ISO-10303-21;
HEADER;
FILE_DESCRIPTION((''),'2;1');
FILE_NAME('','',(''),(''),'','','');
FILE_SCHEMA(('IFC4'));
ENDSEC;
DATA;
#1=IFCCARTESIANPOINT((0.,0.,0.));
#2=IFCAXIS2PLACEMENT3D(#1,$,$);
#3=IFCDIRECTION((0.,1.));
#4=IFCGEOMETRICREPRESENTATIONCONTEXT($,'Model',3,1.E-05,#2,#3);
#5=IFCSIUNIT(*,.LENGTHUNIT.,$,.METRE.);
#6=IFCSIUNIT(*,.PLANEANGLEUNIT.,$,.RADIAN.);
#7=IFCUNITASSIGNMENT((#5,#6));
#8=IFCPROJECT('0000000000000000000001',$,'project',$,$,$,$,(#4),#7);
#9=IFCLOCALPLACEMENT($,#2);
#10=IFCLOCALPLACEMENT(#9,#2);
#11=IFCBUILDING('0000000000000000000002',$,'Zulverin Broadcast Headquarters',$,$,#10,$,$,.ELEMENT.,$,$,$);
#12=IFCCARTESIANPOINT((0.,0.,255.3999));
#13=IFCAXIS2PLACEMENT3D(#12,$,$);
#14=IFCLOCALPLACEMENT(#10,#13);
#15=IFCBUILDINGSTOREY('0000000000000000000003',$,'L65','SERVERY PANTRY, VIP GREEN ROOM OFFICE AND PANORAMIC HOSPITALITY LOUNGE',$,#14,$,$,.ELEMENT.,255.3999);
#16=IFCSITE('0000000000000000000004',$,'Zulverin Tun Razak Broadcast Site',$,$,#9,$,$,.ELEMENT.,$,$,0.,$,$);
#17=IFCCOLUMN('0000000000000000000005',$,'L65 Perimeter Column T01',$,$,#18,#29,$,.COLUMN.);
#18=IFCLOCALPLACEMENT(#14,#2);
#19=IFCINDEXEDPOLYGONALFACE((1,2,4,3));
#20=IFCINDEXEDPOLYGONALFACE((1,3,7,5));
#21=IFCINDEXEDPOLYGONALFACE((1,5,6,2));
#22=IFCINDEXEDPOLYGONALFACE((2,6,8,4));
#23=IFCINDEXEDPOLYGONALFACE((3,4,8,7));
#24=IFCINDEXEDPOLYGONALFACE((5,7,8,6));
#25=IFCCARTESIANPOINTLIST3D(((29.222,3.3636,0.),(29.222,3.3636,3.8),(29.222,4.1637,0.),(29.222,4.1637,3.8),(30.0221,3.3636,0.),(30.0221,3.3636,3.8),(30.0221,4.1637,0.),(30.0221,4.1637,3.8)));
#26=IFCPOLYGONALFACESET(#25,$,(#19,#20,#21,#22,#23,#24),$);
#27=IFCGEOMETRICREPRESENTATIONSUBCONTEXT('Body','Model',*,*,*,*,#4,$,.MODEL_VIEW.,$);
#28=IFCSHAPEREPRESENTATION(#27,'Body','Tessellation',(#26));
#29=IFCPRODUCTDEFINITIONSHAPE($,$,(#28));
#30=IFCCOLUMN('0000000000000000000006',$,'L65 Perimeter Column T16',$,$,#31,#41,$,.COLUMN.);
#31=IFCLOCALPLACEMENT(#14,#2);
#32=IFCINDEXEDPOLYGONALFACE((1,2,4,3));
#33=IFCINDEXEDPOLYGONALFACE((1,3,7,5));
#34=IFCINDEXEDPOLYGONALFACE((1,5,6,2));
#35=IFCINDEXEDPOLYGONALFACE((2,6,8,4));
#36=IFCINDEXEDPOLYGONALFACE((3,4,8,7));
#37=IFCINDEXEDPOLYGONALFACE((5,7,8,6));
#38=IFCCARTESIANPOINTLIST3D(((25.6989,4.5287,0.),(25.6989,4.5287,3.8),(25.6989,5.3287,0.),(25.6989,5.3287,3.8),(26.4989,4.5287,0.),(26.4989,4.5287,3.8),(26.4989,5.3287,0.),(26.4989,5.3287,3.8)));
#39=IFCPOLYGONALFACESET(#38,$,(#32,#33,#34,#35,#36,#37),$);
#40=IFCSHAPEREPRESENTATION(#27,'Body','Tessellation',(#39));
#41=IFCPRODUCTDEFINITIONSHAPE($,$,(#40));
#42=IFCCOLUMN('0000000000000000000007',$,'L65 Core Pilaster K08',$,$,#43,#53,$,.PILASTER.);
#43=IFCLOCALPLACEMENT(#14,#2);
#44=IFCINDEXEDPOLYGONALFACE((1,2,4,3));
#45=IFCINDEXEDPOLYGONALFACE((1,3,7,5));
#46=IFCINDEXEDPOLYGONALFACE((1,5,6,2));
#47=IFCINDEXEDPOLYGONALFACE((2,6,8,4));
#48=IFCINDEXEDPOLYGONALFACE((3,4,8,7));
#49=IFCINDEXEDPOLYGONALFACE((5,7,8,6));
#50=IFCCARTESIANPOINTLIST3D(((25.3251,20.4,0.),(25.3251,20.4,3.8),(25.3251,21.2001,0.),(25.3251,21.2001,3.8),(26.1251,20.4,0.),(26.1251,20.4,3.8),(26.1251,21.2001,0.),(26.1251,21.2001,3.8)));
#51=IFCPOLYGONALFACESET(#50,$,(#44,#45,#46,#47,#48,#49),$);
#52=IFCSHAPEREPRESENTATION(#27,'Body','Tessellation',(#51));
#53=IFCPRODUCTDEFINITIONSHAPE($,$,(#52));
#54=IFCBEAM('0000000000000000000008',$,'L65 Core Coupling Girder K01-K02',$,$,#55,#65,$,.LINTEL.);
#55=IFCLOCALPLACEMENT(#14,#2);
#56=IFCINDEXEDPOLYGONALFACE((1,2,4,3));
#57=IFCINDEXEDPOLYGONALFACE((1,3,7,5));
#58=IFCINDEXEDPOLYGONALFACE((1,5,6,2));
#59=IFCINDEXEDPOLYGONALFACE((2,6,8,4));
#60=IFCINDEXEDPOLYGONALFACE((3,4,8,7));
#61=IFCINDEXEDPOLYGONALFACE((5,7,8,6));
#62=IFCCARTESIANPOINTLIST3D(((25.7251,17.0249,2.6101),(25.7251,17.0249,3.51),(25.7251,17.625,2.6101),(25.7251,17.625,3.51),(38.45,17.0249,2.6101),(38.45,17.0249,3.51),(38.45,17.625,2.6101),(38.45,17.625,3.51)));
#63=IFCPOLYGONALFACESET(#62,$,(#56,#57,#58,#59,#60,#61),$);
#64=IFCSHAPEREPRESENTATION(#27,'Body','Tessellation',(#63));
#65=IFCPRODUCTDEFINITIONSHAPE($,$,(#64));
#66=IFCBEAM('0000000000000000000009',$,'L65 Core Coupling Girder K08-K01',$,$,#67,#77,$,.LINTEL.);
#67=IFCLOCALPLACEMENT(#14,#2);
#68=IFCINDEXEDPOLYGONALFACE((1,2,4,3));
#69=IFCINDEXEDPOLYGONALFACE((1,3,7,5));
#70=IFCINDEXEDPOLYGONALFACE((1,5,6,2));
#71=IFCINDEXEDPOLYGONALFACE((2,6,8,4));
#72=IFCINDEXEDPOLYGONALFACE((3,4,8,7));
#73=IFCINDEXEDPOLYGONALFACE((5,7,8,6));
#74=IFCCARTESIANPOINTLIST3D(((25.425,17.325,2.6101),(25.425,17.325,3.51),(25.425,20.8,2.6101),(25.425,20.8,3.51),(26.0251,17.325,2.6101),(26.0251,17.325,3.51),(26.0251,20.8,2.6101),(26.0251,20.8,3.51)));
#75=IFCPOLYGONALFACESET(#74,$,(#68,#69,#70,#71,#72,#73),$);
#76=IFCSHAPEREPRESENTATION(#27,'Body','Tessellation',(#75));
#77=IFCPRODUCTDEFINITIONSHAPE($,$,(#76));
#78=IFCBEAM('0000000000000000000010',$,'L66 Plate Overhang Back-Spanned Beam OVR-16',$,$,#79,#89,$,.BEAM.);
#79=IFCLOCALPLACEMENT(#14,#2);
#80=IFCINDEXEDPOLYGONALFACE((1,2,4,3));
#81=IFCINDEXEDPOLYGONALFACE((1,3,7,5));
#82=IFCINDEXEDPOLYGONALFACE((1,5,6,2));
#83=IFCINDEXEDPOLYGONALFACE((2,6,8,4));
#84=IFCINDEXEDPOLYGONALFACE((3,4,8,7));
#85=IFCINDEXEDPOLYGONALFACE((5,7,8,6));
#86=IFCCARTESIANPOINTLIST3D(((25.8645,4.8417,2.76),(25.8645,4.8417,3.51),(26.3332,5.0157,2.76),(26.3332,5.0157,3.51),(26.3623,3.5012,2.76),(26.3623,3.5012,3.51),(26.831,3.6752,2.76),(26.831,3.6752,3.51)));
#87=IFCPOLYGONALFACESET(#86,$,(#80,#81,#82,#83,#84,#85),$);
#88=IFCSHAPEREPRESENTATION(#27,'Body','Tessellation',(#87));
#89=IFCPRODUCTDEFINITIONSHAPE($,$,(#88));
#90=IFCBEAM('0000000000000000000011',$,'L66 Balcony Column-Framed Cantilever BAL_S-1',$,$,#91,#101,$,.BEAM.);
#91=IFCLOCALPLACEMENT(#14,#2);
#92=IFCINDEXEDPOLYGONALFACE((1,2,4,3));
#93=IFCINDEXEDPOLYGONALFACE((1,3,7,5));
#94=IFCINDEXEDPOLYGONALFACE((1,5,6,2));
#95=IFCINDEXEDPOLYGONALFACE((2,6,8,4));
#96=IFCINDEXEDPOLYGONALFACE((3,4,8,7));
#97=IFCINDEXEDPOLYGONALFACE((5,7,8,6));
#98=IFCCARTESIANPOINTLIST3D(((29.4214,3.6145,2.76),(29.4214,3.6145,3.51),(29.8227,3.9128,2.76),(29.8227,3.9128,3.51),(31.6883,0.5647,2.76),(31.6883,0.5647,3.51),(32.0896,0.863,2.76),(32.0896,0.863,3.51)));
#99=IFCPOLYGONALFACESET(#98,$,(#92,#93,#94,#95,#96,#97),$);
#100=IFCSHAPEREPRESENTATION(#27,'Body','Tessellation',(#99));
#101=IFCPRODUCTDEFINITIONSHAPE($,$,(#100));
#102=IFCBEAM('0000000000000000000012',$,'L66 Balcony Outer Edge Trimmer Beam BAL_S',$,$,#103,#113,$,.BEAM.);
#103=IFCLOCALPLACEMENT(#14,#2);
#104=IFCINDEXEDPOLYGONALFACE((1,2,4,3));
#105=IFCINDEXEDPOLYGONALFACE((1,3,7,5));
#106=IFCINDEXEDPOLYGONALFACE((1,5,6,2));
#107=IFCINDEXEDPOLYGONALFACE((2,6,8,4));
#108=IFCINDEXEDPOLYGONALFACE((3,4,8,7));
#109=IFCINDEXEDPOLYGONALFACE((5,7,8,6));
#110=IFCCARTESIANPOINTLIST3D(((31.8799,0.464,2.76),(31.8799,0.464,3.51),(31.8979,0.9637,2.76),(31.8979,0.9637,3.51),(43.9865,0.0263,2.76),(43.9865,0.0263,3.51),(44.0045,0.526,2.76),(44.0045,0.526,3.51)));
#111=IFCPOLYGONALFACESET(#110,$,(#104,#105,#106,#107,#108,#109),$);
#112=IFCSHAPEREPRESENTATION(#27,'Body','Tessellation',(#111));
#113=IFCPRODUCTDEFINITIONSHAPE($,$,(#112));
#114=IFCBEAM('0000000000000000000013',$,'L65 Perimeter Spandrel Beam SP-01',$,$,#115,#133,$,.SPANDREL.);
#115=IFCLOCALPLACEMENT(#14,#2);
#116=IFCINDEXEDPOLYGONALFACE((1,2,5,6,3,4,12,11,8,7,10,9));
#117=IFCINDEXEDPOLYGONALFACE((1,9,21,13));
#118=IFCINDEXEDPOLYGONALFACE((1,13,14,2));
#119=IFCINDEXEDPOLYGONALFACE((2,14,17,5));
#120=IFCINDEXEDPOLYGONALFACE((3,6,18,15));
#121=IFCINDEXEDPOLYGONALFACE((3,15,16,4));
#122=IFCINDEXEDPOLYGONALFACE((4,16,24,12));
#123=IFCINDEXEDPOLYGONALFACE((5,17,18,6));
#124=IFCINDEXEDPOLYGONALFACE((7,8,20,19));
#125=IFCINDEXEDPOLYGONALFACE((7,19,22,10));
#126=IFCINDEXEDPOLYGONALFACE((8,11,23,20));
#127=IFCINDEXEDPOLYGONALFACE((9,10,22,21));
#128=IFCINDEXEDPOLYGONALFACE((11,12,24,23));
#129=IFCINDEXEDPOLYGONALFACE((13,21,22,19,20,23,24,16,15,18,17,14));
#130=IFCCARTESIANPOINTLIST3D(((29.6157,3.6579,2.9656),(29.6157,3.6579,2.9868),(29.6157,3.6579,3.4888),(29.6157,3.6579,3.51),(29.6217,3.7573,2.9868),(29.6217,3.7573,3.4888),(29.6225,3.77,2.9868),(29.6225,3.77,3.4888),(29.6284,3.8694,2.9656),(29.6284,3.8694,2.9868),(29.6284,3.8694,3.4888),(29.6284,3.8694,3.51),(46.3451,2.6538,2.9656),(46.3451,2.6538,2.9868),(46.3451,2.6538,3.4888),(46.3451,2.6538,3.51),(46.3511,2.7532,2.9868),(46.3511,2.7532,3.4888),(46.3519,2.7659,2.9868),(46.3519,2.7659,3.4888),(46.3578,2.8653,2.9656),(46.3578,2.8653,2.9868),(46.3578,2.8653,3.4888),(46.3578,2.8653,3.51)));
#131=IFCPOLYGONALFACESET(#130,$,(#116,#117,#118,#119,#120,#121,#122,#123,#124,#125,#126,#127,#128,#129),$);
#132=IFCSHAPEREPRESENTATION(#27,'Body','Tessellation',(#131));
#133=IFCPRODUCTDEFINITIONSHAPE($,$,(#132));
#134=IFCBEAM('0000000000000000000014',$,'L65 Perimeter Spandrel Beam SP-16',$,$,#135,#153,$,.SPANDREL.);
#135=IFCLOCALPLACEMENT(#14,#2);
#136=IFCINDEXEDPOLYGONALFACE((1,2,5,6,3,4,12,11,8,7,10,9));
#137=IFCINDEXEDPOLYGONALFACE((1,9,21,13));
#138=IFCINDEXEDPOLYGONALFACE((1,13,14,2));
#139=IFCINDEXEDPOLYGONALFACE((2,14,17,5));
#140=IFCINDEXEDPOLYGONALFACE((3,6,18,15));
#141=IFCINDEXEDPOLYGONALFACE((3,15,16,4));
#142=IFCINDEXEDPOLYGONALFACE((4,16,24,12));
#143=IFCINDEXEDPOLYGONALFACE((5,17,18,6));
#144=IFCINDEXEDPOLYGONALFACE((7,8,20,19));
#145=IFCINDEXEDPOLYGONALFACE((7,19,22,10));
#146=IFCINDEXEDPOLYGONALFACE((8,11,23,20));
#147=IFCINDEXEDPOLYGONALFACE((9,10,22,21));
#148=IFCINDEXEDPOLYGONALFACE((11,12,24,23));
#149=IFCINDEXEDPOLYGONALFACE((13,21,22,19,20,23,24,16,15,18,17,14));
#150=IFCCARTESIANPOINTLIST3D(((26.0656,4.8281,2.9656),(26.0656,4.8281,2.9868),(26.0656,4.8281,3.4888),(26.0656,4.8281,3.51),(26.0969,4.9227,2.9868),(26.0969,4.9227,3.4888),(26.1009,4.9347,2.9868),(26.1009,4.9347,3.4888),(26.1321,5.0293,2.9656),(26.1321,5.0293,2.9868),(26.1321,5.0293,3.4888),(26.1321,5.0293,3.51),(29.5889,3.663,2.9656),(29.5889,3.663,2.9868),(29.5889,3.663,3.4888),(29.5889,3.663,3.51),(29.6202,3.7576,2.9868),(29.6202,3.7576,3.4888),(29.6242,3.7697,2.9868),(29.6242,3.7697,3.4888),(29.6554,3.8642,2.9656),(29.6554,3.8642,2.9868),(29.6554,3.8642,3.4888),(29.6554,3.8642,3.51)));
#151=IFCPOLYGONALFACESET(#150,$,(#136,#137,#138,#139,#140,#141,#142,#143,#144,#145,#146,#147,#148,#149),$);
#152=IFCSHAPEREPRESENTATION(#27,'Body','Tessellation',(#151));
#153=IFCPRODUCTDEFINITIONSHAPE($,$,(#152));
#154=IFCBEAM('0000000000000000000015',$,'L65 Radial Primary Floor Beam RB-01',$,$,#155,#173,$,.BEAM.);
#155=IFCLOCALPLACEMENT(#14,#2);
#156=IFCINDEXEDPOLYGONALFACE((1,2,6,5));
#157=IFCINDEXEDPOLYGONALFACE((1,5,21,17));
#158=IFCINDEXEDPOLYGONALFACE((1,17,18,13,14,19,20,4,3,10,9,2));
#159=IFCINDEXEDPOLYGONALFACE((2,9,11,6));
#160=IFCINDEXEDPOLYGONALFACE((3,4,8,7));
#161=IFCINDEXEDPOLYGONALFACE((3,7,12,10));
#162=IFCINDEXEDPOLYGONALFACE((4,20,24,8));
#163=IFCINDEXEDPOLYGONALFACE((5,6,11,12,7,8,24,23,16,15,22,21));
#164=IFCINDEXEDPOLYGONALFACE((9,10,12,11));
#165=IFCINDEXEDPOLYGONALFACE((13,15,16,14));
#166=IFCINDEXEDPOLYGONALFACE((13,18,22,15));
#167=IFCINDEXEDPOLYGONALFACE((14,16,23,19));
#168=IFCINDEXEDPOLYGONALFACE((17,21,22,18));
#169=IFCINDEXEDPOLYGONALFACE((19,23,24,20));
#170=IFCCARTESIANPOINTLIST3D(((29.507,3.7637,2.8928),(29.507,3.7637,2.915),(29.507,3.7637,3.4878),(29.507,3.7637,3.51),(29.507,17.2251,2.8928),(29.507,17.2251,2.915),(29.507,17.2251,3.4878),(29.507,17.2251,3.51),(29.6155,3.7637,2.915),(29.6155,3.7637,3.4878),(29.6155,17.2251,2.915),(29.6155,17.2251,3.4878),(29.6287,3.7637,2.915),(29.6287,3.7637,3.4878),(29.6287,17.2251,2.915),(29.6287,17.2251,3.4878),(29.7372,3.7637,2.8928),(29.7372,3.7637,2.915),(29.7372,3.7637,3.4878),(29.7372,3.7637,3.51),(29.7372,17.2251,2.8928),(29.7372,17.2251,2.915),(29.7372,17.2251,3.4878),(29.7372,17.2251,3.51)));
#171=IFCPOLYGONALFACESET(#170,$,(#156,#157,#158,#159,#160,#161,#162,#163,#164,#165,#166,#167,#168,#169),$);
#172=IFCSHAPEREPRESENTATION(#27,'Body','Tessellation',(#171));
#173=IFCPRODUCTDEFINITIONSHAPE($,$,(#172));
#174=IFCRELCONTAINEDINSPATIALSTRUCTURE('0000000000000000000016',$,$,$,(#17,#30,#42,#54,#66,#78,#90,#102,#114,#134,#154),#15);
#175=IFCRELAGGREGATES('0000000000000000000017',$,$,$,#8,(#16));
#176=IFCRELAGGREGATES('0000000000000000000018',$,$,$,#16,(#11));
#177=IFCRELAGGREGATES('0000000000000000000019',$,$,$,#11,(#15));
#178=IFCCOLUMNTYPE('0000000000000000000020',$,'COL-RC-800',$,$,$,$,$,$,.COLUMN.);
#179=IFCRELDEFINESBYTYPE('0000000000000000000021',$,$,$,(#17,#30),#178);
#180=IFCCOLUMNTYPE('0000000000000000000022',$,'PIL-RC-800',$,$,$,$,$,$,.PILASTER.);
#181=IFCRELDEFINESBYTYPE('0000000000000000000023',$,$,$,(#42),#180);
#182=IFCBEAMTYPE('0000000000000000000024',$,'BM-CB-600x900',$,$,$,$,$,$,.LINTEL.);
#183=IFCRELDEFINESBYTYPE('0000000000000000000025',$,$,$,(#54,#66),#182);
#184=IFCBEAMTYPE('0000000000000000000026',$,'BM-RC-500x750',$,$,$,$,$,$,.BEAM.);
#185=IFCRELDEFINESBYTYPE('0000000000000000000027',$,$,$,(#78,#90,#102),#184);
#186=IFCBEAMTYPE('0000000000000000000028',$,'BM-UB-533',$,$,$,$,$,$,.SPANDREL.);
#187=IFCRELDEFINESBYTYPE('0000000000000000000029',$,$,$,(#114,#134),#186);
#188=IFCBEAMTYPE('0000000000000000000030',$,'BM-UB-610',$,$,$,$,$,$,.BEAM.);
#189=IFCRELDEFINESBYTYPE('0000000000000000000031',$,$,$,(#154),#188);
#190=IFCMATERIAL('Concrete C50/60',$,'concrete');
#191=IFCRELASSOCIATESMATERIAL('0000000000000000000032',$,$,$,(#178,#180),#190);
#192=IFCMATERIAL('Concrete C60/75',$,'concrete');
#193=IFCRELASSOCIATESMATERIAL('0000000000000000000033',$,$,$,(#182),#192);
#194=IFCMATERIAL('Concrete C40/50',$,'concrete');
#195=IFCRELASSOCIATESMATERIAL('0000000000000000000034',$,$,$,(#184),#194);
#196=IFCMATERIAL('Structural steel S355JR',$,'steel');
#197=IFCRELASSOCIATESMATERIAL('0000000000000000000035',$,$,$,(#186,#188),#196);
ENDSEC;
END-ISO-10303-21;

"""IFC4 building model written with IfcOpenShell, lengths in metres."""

from ifc_helpers import new_model, si_unit, direction, frame, origin, origin_2d, place, context, subcontext, project, spatial, rectangle, i_section, extrude, material, material_profile, profile_set, type_object, element, save


model = new_model("IFC4")

# Units and contexts
model_context = context("Model", 3, precision=1e-05, world=origin(), true_north=direction((0.0, 1.0)))
body_context = subcontext(model_context, "Body", "Model", "MODEL_VIEW")
ifc_project = project(units=[si_unit("LENGTHUNIT", "METRE"), si_unit("PLANEANGLEUNIT", "RADIAN")], contexts=[model_context])

# Site, building, storey
site_placement = place(None, origin())
site = spatial("IfcSite", under=ifc_project, at=site_placement, Name="Zulverin Tun Razak Broadcast Site", CompositionType="ELEMENT", RefElevation=0.0)
building_placement = place(site_placement, origin())
building = spatial("IfcBuilding", under=site, at=building_placement, Name="Zulverin Broadcast Headquarters", CompositionType="ELEMENT")
storey_placement = place(building_placement, frame((0.0, 0.0, 255.3999)))
storey = spatial("IfcBuildingStorey", under=building, at=storey_placement, Name="L65", Description="SERVERY PANTRY, VIP GREEN ROOM OFFICE AND PANORAMIC HOSPITALITY LOUNGE", CompositionType="ELEMENT", Elevation=255.3999)

# Columns
ifc_material_1 = material(Name="Concrete C50/60", Category="concrete")
ifc_material_profile_1 = material_profile(ifc_material_1, rectangle(XDim=0.8, YDim=0.8, at=origin_2d()), Name="Concrete C50/60", Category="concrete")
ifc_profile_set_1 = profile_set([ifc_material_profile_1], Name="Concrete C50/60")
column_type_1 = type_object("IfcColumnType", Name="COL-RC-800", PredefinedType="COLUMN", material=ifc_profile_set_1)
for number, where, z_axis, x_axis, name in (
    (1, (29.6221, 3.7637, 0.0), (0.0, 0.0, 1.0), (1.0, 0.0, 0.0), "L65 Perimeter Column T01"),
    (2, (26.0989, 4.9287, 0.0), (0.0, 0.0, 1.0), (1.0, 0.0, 0.0), "L65 Perimeter Column T16"),
):
    element("IfcColumn", number, at=place(storey_placement, frame(where, z_axis=z_axis, x_axis=x_axis)), inside=storey, type_object=column_type_1, Name=name, PredefinedType="COLUMN", context=body_context, shape_type="SweptSolid", body=[
        extrude(rectangle(XDim=0.8, YDim=0.8, at=origin_2d()), origin(), (0.0, 0.0, 1.0), 3.8),
    ])
ifc_material_profile_2 = material_profile(ifc_material_1, rectangle(XDim=0.8, YDim=0.8, at=origin_2d()), Name="Concrete C50/60", Category="concrete")
ifc_profile_set_2 = profile_set([ifc_material_profile_2], Name="Concrete C50/60")
column_type_2 = type_object("IfcColumnType", Name="PIL-RC-800", PredefinedType="PILASTER", material=ifc_profile_set_2)
column_placement = place(storey_placement, frame((25.7251, 20.8, 0.0), z_axis=(0.0, 0.0, 1.0), x_axis=(1.0, 0.0, 0.0)))
element("IfcColumn", 3, at=column_placement, inside=storey, type_object=column_type_2, Name="L65 Core Pilaster K08", PredefinedType="PILASTER", context=body_context, shape_type="SweptSolid", body=[
    extrude(rectangle(XDim=0.8, YDim=0.8, at=origin_2d()), origin(), (0.0, 0.0, 1.0), 3.8),
])

# Beams
ifc_material_2 = material(Name="Concrete C60/75", Category="concrete")
ifc_material_profile_3 = material_profile(ifc_material_2, rectangle(XDim=0.6001, YDim=0.8999, at=origin_2d()), Name="Concrete C60/75", Category="concrete")
ifc_profile_set_3 = profile_set([ifc_material_profile_3], Name="Concrete C60/75")
beam_type_1 = type_object("IfcBeamType", Name="BM-CB-600x900", PredefinedType="LINTEL", material=ifc_profile_set_3)
beam_1_placement = place(storey_placement, frame((25.7251, 17.325, 3.0601), z_axis=(1.0, 0.0, 0.0), x_axis=(0.0, 1.0, 0.0)))
element("IfcBeam", 4, at=beam_1_placement, inside=storey, type_object=beam_type_1, Name="L65 Core Coupling Girder K01-K02", PredefinedType="LINTEL", context=body_context, shape_type="SweptSolid", body=[
    extrude(rectangle(XDim=0.6001, YDim=0.8999, at=origin_2d()), origin(), (0.0, 0.0, 1.0), 12.7249),
])
beam_2_placement = place(storey_placement, frame((25.7251, 20.8, 3.0601), z_axis=(0.0, -1.0, 0.0), x_axis=(1.0, 0.0, 0.0)))
element("IfcBeam", 5, at=beam_2_placement, inside=storey, type_object=beam_type_1, Name="L65 Core Coupling Girder K08-K01", PredefinedType="LINTEL", context=body_context, shape_type="SweptSolid", body=[
    extrude(rectangle(XDim=0.6001, YDim=0.8999, at=origin_2d()), origin(), (0.0, 0.0, 1.0), 3.4751),
])
ifc_material_3 = material(Name="Concrete C40/50", Category="concrete")
ifc_material_profile_4 = material_profile(ifc_material_3, rectangle(XDim=0.5, YDim=0.75, at=origin_2d()), Name="Concrete C40/50", Category="concrete")
ifc_profile_set_4 = profile_set([ifc_material_profile_4], Name="Concrete C40/50")
beam_type_2 = type_object("IfcBeamType", Name="BM-RC-500x750", PredefinedType="BEAM", material=ifc_profile_set_4)
beam_3_placement = place(storey_placement, frame((26.0989, 4.9287, 3.135), z_axis=(0.348109, -0.937454, 0.0), x_axis=(0.937454, 0.348109, 0.0)))
element("IfcBeam", 6, at=beam_3_placement, inside=storey, type_object=beam_type_2, Name="L66 Plate Overhang Back-Spanned Beam OVR-16", PredefinedType="BEAM", context=body_context, shape_type="SweptSolid", body=[
    extrude(rectangle(XDim=0.5, YDim=0.75, at=origin_2d()), origin(), (0.0, 0.0, 1.0), 1.4299),
])
beam_4_placement = place(storey_placement, frame((29.6221, 3.7637, 3.135), z_axis=(0.59654, -0.802583, 0.0), x_axis=(0.802583, 0.59654, 0.0)))
element("IfcBeam", 7, at=beam_4_placement, inside=storey, type_object=beam_type_2, Name="L66 Balcony Column-Framed Cantilever BAL_S-1", PredefinedType="BEAM", context=body_context, shape_type="SweptSolid", body=[
    extrude(rectangle(XDim=0.5, YDim=0.75, at=origin_2d()), origin(), (0.0, 0.0, 1.0), 3.8),
])
beam_5_placement = place(storey_placement, frame((31.8889, 0.7139, 3.135), z_axis=(0.999347, -0.036134, 0.0), x_axis=(0.036134, 0.999347, 0.0)))
element("IfcBeam", 8, at=beam_5_placement, inside=storey, type_object=beam_type_2, Name="L66 Balcony Outer Edge Trimmer Beam BAL_S", PredefinedType="BEAM", context=body_context, shape_type="SweptSolid", body=[
    extrude(rectangle(XDim=0.5, YDim=0.75, at=origin_2d()), origin(), (0.0, 0.0, 1.0), 12.1145),
])
ifc_material_4 = material(Name="Structural steel S355JR", Category="steel")
ifc_material_profile_5 = material_profile(ifc_material_4, i_section(OverallWidth=0.2119, OverallDepth=0.5444, WebThickness=0.0127, FlangeThickness=0.0212, at=origin_2d()), Name="Structural steel S355JR", Category="steel")
ifc_profile_set_5 = profile_set([ifc_material_profile_5], Name="Structural steel S355JR")
beam_type_3 = type_object("IfcBeamType", Name="BM-UB-533", PredefinedType="SPANDREL", material=ifc_profile_set_5)
beam_6_placement = place(storey_placement, frame((29.6221, 3.7637, 3.2378), z_axis=(0.998203, -0.059915, 0.0), x_axis=(0.059915, 0.998203, 0.0)))
element("IfcBeam", 9, at=beam_6_placement, inside=storey, type_object=beam_type_3, Name="L65 Perimeter Spandrel Beam SP-01", PredefinedType="SPANDREL", context=body_context, shape_type="SweptSolid", body=[
    extrude(i_section(OverallWidth=0.2119, OverallDepth=0.5444, WebThickness=0.0127, FlangeThickness=0.0212, at=origin_2d()), origin(), (0.0, 0.0, 1.0), 16.7595),
])
beam_7_placement = place(storey_placement, frame((26.0989, 4.9287, 3.2378), z_axis=(0.949437, -0.313957, 0.0), x_axis=(0.313957, 0.949437, 0.0)))
element("IfcBeam", 10, at=beam_7_placement, inside=storey, type_object=beam_type_3, Name="L65 Perimeter Spandrel Beam SP-16", PredefinedType="SPANDREL", context=body_context, shape_type="SweptSolid", body=[
    extrude(i_section(OverallWidth=0.2119, OverallDepth=0.5444, WebThickness=0.0127, FlangeThickness=0.0212, at=origin_2d()), origin(), (0.0, 0.0, 1.0), 3.7109),
])
ifc_material_profile_6 = material_profile(ifc_material_4, i_section(OverallWidth=0.2302, OverallDepth=0.6172, WebThickness=0.0132, FlangeThickness=0.0222, at=origin_2d()), Name="Structural steel S355JR", Category="steel")
ifc_profile_set_6 = profile_set([ifc_material_profile_6], Name="Structural steel S355JR")
beam_type_4 = type_object("IfcBeamType", Name="BM-UB-610", PredefinedType="BEAM", material=ifc_profile_set_6)
beam_8_placement = place(storey_placement, frame((29.6221, 17.2251, 3.2014), z_axis=(0.0, -1.0, 0.0), x_axis=(1.0, 0.0, 0.0)))
element("IfcBeam", 11, at=beam_8_placement, inside=storey, type_object=beam_type_4, Name="L65 Radial Primary Floor Beam RB-01", PredefinedType="BEAM", context=body_context, shape_type="SweptSolid", body=[
    extrude(i_section(OverallWidth=0.2302, OverallDepth=0.6172, WebThickness=0.0132, FlangeThickness=0.0222, at=origin_2d()), origin(), (0.0, 0.0, 1.0), 13.4614),
])

save(model, "model.ifc")
